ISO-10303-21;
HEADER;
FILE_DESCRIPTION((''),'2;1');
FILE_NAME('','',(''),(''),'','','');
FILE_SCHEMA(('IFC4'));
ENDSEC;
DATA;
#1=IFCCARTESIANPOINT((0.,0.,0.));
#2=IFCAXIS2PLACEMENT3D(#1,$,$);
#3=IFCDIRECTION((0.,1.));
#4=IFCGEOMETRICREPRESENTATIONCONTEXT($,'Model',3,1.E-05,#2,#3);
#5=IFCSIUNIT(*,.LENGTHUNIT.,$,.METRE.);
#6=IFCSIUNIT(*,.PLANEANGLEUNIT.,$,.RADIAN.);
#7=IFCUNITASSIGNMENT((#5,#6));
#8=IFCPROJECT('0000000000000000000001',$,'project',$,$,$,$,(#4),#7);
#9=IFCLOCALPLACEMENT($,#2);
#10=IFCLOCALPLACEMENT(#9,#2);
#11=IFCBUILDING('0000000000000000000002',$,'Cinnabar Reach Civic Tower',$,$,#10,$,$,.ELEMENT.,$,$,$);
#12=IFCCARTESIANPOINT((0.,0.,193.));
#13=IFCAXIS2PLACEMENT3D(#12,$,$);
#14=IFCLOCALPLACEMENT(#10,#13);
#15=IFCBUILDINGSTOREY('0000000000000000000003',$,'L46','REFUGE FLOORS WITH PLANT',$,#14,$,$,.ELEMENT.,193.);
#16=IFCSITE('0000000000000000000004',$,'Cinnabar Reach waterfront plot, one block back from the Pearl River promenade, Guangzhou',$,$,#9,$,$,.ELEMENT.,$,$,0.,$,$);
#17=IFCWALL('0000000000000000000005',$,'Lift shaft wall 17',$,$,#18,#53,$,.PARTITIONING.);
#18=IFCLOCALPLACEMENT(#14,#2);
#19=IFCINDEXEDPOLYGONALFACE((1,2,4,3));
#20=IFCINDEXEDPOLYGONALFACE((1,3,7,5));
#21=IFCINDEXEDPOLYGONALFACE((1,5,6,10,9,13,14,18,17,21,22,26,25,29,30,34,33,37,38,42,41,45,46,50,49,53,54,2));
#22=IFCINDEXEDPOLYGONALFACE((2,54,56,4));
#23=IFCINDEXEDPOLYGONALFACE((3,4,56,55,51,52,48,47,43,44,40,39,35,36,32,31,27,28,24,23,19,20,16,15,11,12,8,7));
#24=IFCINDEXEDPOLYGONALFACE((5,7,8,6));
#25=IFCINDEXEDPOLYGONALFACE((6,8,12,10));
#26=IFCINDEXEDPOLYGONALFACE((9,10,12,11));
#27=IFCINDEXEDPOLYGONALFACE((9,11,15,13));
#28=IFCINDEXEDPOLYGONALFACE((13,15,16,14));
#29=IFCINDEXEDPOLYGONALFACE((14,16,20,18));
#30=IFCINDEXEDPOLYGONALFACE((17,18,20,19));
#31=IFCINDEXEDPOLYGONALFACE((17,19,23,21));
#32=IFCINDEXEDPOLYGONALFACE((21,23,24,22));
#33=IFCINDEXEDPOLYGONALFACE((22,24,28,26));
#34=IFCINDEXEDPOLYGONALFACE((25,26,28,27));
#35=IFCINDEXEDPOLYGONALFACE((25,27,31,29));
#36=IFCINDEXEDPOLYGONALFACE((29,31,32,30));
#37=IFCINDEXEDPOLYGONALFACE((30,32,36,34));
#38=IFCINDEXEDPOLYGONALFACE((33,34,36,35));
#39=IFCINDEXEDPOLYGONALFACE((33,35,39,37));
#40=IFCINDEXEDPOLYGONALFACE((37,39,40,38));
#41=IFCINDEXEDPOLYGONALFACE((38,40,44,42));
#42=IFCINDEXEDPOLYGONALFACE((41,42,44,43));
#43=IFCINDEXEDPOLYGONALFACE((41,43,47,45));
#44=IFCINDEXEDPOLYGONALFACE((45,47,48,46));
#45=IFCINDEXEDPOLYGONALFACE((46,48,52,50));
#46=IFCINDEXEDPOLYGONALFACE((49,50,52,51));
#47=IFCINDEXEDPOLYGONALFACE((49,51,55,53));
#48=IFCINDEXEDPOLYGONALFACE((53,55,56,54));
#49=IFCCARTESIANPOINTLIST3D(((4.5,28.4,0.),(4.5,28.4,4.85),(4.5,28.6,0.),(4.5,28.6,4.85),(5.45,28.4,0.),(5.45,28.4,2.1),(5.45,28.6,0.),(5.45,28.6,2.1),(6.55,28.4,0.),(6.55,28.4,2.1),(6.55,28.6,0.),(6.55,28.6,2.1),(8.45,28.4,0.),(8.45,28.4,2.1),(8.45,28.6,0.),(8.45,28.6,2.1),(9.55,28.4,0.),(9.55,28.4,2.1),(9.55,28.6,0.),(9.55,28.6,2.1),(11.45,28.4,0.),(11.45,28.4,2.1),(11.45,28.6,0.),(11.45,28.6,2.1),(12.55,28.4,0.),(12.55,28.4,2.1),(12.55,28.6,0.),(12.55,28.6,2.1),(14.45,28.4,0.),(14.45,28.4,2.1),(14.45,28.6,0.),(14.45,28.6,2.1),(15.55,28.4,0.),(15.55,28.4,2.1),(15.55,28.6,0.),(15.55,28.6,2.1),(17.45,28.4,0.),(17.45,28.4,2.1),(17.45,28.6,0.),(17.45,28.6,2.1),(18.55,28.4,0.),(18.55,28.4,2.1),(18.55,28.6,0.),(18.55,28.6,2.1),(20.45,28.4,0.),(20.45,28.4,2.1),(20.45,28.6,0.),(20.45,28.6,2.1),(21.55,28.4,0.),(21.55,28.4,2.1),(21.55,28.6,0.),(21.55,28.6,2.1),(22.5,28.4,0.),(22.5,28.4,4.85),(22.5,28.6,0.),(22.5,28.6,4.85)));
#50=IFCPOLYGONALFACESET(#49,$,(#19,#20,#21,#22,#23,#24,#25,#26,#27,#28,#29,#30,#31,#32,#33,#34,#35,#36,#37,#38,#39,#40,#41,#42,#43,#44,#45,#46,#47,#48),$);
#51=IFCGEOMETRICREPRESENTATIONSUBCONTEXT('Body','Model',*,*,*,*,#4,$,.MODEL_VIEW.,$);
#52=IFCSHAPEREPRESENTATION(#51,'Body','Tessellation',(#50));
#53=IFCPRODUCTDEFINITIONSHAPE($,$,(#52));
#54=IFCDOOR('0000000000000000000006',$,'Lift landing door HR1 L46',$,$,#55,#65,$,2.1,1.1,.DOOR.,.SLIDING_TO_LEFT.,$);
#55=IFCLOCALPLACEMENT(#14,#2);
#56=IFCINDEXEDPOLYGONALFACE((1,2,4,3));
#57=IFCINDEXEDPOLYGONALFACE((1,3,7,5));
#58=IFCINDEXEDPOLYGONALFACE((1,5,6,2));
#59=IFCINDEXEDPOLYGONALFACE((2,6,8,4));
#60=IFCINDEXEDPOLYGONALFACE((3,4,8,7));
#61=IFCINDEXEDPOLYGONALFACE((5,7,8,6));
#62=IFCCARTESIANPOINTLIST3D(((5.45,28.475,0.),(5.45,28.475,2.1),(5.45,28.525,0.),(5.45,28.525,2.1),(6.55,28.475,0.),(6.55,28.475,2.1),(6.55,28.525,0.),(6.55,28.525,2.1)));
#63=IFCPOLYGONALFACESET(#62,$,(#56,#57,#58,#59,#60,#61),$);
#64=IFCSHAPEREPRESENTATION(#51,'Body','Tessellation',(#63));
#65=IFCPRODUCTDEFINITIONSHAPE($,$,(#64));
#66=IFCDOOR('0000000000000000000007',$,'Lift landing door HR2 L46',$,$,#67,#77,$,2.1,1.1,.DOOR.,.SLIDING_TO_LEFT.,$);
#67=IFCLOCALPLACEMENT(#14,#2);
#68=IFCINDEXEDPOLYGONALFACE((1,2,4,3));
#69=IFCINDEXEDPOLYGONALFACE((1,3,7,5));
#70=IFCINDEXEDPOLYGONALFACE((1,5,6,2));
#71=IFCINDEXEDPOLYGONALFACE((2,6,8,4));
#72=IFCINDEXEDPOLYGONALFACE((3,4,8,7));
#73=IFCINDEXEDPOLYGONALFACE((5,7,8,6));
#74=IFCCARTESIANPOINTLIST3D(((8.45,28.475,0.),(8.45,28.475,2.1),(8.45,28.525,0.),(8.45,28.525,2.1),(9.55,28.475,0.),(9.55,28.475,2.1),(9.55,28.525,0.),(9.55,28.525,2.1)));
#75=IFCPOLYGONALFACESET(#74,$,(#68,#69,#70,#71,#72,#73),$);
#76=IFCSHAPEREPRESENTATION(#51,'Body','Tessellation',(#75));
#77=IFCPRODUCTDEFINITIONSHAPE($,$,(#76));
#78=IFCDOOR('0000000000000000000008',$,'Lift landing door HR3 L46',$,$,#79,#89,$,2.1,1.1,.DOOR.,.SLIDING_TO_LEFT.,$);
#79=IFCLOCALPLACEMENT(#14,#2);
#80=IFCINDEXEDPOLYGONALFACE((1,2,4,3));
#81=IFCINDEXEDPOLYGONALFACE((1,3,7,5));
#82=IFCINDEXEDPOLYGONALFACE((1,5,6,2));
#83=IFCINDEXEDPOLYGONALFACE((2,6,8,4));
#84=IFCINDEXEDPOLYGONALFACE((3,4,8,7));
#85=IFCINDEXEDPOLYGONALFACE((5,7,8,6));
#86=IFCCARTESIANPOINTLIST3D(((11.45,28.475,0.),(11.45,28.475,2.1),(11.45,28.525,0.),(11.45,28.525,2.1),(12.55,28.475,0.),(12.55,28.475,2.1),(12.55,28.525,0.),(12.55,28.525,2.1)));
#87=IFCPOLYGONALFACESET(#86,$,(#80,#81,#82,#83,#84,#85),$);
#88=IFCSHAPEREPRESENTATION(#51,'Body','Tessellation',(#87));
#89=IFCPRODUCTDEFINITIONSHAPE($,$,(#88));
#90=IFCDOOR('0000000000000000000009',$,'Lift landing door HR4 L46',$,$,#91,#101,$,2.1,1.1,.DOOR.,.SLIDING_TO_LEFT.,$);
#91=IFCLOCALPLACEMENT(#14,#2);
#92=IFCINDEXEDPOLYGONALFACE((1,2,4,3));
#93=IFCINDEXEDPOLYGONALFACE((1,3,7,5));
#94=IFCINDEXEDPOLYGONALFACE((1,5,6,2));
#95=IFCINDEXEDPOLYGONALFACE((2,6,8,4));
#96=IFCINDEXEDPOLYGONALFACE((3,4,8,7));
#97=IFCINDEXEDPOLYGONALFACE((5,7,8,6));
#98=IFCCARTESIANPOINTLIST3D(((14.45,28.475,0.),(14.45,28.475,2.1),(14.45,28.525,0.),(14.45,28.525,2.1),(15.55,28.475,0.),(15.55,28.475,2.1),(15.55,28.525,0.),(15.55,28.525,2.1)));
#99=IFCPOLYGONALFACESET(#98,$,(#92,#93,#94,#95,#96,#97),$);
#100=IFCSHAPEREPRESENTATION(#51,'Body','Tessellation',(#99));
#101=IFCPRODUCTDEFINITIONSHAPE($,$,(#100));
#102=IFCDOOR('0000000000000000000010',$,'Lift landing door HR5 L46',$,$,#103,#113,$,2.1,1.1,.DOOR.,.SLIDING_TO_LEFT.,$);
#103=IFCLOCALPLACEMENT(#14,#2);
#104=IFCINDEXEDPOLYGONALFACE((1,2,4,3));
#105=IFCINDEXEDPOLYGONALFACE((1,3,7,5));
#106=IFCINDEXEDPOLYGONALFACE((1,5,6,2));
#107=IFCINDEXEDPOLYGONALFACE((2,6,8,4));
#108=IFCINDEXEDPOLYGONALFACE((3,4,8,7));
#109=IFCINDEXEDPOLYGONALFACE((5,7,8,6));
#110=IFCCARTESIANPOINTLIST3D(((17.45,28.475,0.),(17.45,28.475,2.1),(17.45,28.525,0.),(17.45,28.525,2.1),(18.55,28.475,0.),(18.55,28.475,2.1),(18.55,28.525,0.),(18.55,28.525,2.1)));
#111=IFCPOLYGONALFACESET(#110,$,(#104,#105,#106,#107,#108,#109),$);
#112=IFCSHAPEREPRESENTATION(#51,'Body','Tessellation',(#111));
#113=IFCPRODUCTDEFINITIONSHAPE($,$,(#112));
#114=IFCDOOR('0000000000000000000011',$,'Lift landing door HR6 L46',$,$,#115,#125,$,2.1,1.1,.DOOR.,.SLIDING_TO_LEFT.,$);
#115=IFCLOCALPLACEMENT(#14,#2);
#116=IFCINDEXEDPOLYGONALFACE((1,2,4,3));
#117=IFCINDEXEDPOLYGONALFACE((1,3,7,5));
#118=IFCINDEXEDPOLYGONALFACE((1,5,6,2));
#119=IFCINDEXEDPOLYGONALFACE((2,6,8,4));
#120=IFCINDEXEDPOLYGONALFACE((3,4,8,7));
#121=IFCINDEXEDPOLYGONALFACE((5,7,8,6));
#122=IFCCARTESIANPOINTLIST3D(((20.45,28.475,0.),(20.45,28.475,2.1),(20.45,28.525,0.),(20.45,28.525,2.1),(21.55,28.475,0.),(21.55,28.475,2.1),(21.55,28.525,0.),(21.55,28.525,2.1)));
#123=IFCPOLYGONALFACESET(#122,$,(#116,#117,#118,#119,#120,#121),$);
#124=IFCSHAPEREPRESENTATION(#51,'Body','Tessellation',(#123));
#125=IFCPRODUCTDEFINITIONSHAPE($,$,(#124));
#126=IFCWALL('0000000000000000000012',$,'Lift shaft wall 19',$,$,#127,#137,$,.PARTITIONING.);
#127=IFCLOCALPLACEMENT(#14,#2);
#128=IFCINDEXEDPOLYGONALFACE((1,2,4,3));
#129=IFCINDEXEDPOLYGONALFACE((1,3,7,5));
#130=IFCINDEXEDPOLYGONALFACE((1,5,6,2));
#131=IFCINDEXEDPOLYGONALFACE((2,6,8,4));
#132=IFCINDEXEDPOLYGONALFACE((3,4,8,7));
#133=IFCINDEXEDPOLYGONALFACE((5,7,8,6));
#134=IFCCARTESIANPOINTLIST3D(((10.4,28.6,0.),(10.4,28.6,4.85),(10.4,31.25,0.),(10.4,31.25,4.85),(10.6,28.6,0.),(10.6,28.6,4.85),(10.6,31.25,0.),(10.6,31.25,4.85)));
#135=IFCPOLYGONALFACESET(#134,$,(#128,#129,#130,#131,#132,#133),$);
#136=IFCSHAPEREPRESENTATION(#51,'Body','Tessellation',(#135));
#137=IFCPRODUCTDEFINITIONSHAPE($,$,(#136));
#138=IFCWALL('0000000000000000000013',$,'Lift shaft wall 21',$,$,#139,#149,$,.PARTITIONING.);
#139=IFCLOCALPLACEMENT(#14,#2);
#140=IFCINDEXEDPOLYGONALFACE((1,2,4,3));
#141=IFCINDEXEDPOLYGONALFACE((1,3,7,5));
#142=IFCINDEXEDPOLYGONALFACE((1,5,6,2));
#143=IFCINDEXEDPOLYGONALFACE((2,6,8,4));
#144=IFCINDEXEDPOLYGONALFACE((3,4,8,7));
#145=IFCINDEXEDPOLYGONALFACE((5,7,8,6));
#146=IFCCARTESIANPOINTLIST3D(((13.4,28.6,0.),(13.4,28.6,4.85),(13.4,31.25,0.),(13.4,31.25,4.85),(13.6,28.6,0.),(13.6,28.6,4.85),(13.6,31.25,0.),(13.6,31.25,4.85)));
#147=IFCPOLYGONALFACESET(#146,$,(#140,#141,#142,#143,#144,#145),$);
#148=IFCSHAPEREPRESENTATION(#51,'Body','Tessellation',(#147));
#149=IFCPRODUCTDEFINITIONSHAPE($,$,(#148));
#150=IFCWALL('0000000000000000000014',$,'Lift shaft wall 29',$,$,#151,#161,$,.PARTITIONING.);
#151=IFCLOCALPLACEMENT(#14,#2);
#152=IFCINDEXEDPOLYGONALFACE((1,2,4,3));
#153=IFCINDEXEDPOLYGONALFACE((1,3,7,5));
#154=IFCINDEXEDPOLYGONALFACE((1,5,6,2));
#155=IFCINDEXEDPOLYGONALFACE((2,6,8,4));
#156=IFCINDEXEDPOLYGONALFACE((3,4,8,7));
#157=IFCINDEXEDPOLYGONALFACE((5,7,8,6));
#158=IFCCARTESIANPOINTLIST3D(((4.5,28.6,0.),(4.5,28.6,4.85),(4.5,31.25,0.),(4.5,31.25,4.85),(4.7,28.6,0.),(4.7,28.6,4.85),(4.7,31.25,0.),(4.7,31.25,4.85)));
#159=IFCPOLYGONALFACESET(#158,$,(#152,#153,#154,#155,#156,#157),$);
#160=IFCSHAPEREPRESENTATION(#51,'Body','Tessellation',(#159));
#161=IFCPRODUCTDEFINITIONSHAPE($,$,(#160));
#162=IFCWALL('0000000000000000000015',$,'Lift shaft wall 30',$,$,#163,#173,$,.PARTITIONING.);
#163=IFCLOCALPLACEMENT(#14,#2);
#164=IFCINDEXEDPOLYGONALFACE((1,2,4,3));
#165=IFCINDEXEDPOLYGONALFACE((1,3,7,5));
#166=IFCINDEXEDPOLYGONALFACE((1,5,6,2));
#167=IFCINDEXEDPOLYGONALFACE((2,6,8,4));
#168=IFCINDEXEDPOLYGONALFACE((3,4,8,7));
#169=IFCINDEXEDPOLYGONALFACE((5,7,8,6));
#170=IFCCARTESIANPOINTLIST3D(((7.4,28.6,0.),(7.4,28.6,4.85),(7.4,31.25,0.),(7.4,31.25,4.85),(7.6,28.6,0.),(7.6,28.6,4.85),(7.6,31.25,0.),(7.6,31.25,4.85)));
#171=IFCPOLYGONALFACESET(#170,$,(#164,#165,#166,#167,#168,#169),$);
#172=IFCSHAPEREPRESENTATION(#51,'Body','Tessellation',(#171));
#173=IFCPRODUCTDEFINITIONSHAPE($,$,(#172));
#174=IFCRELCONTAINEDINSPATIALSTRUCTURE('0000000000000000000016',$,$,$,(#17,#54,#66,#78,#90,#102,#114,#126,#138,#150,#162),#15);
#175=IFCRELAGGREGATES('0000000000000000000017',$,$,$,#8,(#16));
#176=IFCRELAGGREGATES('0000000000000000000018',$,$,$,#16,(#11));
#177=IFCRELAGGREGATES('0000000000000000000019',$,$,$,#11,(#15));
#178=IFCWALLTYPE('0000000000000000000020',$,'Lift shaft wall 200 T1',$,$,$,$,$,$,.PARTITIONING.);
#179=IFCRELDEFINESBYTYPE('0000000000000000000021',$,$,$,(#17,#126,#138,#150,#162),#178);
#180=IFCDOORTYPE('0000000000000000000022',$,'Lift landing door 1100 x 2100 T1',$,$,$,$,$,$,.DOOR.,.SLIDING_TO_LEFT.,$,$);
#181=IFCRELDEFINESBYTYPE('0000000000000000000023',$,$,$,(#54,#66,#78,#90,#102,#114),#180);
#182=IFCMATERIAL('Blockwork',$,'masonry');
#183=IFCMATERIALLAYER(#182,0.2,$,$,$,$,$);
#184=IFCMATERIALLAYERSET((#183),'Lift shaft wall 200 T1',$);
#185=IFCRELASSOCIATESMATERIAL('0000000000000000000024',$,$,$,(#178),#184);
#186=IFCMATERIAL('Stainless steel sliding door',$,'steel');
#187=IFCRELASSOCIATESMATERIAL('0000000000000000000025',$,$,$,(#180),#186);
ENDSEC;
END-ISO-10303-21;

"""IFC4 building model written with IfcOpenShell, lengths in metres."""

from ifc_helpers import new_model, si_unit, direction, frame, frame_2d, origin, place, context, subcontext, project, spatial, rectangle, extrude, material, layer, layer_set, type_object, element, fill, save


model = new_model("IFC4")

# Units and contexts
model_context = context("Model", 3, precision=1e-05, world=origin(), true_north=direction((0.0, 1.0)))
body_context = subcontext(model_context, "Body", "Model", "MODEL_VIEW")
ifc_project = project(units=[si_unit("LENGTHUNIT", "METRE"), si_unit("PLANEANGLEUNIT", "RADIAN")], contexts=[model_context])

# Site, building, storey
site_placement = place(None, origin())
site = spatial("IfcSite", under=ifc_project, at=site_placement, Name="Cinnabar Reach waterfront plot, one block back from the Pearl River promenade, Guangzhou", CompositionType="ELEMENT", RefElevation=0.0)
building_placement = place(site_placement, origin())
building = spatial("IfcBuilding", under=site, at=building_placement, Name="Cinnabar Reach Civic Tower", CompositionType="ELEMENT")
storey_placement = place(building_placement, frame((0.0, 0.0, 193.0)))
storey = spatial("IfcBuildingStorey", under=building, at=storey_placement, Name="L46", Description="REFUGE FLOORS WITH PLANT", CompositionType="ELEMENT", Elevation=193.0)

# Wall, openings, doors
ifc_material_1 = material(Name="Blockwork", Category="masonry")
ifc_layer_1 = layer(ifc_material_1, 0.2)
ifc_layer_set_1 = layer_set([ifc_layer_1], Name="Lift shaft wall 200 T1")
wall_type_1 = type_object("IfcWallType", Name="Lift shaft wall 200 T1", PredefinedType="PARTITIONING", material=ifc_layer_set_1)
wall_1_placement = place(storey_placement, frame((4.5, 28.5, 0.0), z_axis=(0.0, 0.0, 1.0), x_axis=(1.0, 0.0, 0.0)))
wall_1 = element("IfcWall", 1, at=wall_1_placement, inside=storey, type_object=wall_type_1, Name="Lift shaft wall 17", PredefinedType="PARTITIONING", context=body_context, shape_type="SweptSolid", body=[
    extrude(rectangle(XDim=18.0, YDim=0.2, at=frame_2d((9.0, 0.0))), origin(), (0.0, 0.0, 1.0), 4.85),
])
opening_1_placement = place(wall_1_placement, frame((0.95, 0.0, 0.0)))
opening_1 = element("IfcOpeningElement", 2, at=opening_1_placement, cuts=wall_1, PredefinedType="OPENING", context=body_context, shape_type="SweptSolid", body=[
    extrude(rectangle(XDim=1.1, YDim=2.1, at=frame_2d((0.55, 1.05))), frame((0.0, 0.11, 0.0), z_axis=(0.0, -1.0, 0.0), x_axis=(1.0, 0.0, 0.0)), (0.0, 0.0, 1.0), 0.22),
])
opening_2_placement = place(wall_1_placement, frame((3.95, 0.0, 0.0)))
opening_2 = element("IfcOpeningElement", 3, at=opening_2_placement, cuts=wall_1, PredefinedType="OPENING", context=body_context, shape_type="SweptSolid", body=[
    extrude(rectangle(XDim=1.1, YDim=2.1, at=frame_2d((0.55, 1.05))), frame((0.0, 0.11, 0.0), z_axis=(0.0, -1.0, 0.0), x_axis=(1.0, 0.0, 0.0)), (0.0, 0.0, 1.0), 0.22),
])
opening_3_placement = place(wall_1_placement, frame((6.95, 0.0, 0.0)))
opening_3 = element("IfcOpeningElement", 4, at=opening_3_placement, cuts=wall_1, PredefinedType="OPENING", context=body_context, shape_type="SweptSolid", body=[
    extrude(rectangle(XDim=1.1, YDim=2.1, at=frame_2d((0.55, 1.05))), frame((0.0, 0.11, 0.0), z_axis=(0.0, -1.0, 0.0), x_axis=(1.0, 0.0, 0.0)), (0.0, 0.0, 1.0), 0.22),
])
opening_4_placement = place(wall_1_placement, frame((9.95, 0.0, 0.0)))
opening_4 = element("IfcOpeningElement", 5, at=opening_4_placement, cuts=wall_1, PredefinedType="OPENING", context=body_context, shape_type="SweptSolid", body=[
    extrude(rectangle(XDim=1.1, YDim=2.1, at=frame_2d((0.55, 1.05))), frame((0.0, 0.11, 0.0), z_axis=(0.0, -1.0, 0.0), x_axis=(1.0, 0.0, 0.0)), (0.0, 0.0, 1.0), 0.22),
])
opening_5_placement = place(wall_1_placement, frame((12.95, 0.0, 0.0)))
opening_5 = element("IfcOpeningElement", 6, at=opening_5_placement, cuts=wall_1, PredefinedType="OPENING", context=body_context, shape_type="SweptSolid", body=[
    extrude(rectangle(XDim=1.1, YDim=2.1, at=frame_2d((0.55, 1.05))), frame((0.0, 0.11, 0.0), z_axis=(0.0, -1.0, 0.0), x_axis=(1.0, 0.0, 0.0)), (0.0, 0.0, 1.0), 0.22),
])
opening_6_placement = place(wall_1_placement, frame((15.95, 0.0, 0.0)))
opening_6 = element("IfcOpeningElement", 7, at=opening_6_placement, cuts=wall_1, PredefinedType="OPENING", context=body_context, shape_type="SweptSolid", body=[
    extrude(rectangle(XDim=1.1, YDim=2.1, at=frame_2d((0.55, 1.05))), frame((0.0, 0.11, 0.0), z_axis=(0.0, -1.0, 0.0), x_axis=(1.0, 0.0, 0.0)), (0.0, 0.0, 1.0), 0.22),
])
ifc_material_2 = material(Name="Stainless steel sliding door", Category="steel")
door_type_1 = type_object("IfcDoorType", Name="Lift landing door 1100 x 2100 T1", OperationType="SLIDING_TO_LEFT", PredefinedType="DOOR", material=ifc_material_2)
door_1_placement = place(opening_1_placement, origin())
door_1 = element("IfcDoor", 8, at=door_1_placement, inside=storey, type_object=door_type_1, Name="Lift landing door HR1 L46", OperationType="SLIDING_TO_LEFT", OverallHeight=2.1, OverallWidth=1.1, PredefinedType="DOOR", context=body_context, shape_type="SweptSolid", body=[
    extrude(rectangle(XDim=1.1, YDim=2.1, at=frame_2d((0.55, 1.05))), frame((0.0, 0.025, 0.0), z_axis=(0.0, -1.0, 0.0), x_axis=(1.0, 0.0, 0.0)), (0.0, 0.0, 1.0), 0.05),
])
fill(opening_1, door_1)
door_2_placement = place(opening_2_placement, origin())
door_2 = element("IfcDoor", 9, at=door_2_placement, inside=storey, type_object=door_type_1, Name="Lift landing door HR2 L46", OperationType="SLIDING_TO_LEFT", OverallHeight=2.1, OverallWidth=1.1, PredefinedType="DOOR", context=body_context, shape_type="SweptSolid", body=[
    extrude(rectangle(XDim=1.1, YDim=2.1, at=frame_2d((0.55, 1.05))), frame((0.0, 0.025, 0.0), z_axis=(0.0, -1.0, 0.0), x_axis=(1.0, 0.0, 0.0)), (0.0, 0.0, 1.0), 0.05),
])
fill(opening_2, door_2)
door_3_placement = place(opening_3_placement, origin())
door_3 = element("IfcDoor", 10, at=door_3_placement, inside=storey, type_object=door_type_1, Name="Lift landing door HR3 L46", OperationType="SLIDING_TO_LEFT", OverallHeight=2.1, OverallWidth=1.1, PredefinedType="DOOR", context=body_context, shape_type="SweptSolid", body=[
    extrude(rectangle(XDim=1.1, YDim=2.1, at=frame_2d((0.55, 1.05))), frame((0.0, 0.025, 0.0), z_axis=(0.0, -1.0, 0.0), x_axis=(1.0, 0.0, 0.0)), (0.0, 0.0, 1.0), 0.05),
])
fill(opening_3, door_3)
door_4_placement = place(opening_4_placement, origin())
door_4 = element("IfcDoor", 11, at=door_4_placement, inside=storey, type_object=door_type_1, Name="Lift landing door HR4 L46", OperationType="SLIDING_TO_LEFT", OverallHeight=2.1, OverallWidth=1.1, PredefinedType="DOOR", context=body_context, shape_type="SweptSolid", body=[
    extrude(rectangle(XDim=1.1, YDim=2.1, at=frame_2d((0.55, 1.05))), frame((0.0, 0.025, 0.0), z_axis=(0.0, -1.0, 0.0), x_axis=(1.0, 0.0, 0.0)), (0.0, 0.0, 1.0), 0.05),
])
fill(opening_4, door_4)
door_5_placement = place(opening_5_placement, origin())
door_5 = element("IfcDoor", 12, at=door_5_placement, inside=storey, type_object=door_type_1, Name="Lift landing door HR5 L46", OperationType="SLIDING_TO_LEFT", OverallHeight=2.1, OverallWidth=1.1, PredefinedType="DOOR", context=body_context, shape_type="SweptSolid", body=[
    extrude(rectangle(XDim=1.1, YDim=2.1, at=frame_2d((0.55, 1.05))), frame((0.0, 0.025, 0.0), z_axis=(0.0, -1.0, 0.0), x_axis=(1.0, 0.0, 0.0)), (0.0, 0.0, 1.0), 0.05),
])
fill(opening_5, door_5)
door_6_placement = place(opening_6_placement, origin())
door_6 = element("IfcDoor", 13, at=door_6_placement, inside=storey, type_object=door_type_1, Name="Lift landing door HR6 L46", OperationType="SLIDING_TO_LEFT", OverallHeight=2.1, OverallWidth=1.1, PredefinedType="DOOR", context=body_context, shape_type="SweptSolid", body=[
    extrude(rectangle(XDim=1.1, YDim=2.1, at=frame_2d((0.55, 1.05))), frame((0.0, 0.025, 0.0), z_axis=(0.0, -1.0, 0.0), x_axis=(1.0, 0.0, 0.0)), (0.0, 0.0, 1.0), 0.05),
])
fill(opening_6, door_6)

# Walls
for number, where, z_axis, x_axis, name in (
    (14, (10.5, 28.6, 0.0), (0.0, 0.0, 1.0), (0.0, 1.0, 0.0), "Lift shaft wall 19"),
    (15, (13.5, 28.6, 0.0), (0.0, 0.0, 1.0), (0.0, 1.0, 0.0), "Lift shaft wall 21"),
    (16, (4.6, 28.6, 0.0), (0.0, 0.0, 1.0), (0.0, 1.0, 0.0), "Lift shaft wall 29"),
    (17, (7.5, 28.6, 0.0), (0.0, 0.0, 1.0), (0.0, 1.0, 0.0), "Lift shaft wall 30"),
):
    element("IfcWall", number, at=place(storey_placement, frame(where, z_axis=z_axis, x_axis=x_axis)), inside=storey, type_object=wall_type_1, Name=name, PredefinedType="PARTITIONING", context=body_context, shape_type="SweptSolid", body=[
        extrude(rectangle(XDim=2.65, YDim=0.2, at=frame_2d((1.325, 0.0))), origin(), (0.0, 0.0, 1.0), 4.85),
    ])

save(model, "model.ifc")
